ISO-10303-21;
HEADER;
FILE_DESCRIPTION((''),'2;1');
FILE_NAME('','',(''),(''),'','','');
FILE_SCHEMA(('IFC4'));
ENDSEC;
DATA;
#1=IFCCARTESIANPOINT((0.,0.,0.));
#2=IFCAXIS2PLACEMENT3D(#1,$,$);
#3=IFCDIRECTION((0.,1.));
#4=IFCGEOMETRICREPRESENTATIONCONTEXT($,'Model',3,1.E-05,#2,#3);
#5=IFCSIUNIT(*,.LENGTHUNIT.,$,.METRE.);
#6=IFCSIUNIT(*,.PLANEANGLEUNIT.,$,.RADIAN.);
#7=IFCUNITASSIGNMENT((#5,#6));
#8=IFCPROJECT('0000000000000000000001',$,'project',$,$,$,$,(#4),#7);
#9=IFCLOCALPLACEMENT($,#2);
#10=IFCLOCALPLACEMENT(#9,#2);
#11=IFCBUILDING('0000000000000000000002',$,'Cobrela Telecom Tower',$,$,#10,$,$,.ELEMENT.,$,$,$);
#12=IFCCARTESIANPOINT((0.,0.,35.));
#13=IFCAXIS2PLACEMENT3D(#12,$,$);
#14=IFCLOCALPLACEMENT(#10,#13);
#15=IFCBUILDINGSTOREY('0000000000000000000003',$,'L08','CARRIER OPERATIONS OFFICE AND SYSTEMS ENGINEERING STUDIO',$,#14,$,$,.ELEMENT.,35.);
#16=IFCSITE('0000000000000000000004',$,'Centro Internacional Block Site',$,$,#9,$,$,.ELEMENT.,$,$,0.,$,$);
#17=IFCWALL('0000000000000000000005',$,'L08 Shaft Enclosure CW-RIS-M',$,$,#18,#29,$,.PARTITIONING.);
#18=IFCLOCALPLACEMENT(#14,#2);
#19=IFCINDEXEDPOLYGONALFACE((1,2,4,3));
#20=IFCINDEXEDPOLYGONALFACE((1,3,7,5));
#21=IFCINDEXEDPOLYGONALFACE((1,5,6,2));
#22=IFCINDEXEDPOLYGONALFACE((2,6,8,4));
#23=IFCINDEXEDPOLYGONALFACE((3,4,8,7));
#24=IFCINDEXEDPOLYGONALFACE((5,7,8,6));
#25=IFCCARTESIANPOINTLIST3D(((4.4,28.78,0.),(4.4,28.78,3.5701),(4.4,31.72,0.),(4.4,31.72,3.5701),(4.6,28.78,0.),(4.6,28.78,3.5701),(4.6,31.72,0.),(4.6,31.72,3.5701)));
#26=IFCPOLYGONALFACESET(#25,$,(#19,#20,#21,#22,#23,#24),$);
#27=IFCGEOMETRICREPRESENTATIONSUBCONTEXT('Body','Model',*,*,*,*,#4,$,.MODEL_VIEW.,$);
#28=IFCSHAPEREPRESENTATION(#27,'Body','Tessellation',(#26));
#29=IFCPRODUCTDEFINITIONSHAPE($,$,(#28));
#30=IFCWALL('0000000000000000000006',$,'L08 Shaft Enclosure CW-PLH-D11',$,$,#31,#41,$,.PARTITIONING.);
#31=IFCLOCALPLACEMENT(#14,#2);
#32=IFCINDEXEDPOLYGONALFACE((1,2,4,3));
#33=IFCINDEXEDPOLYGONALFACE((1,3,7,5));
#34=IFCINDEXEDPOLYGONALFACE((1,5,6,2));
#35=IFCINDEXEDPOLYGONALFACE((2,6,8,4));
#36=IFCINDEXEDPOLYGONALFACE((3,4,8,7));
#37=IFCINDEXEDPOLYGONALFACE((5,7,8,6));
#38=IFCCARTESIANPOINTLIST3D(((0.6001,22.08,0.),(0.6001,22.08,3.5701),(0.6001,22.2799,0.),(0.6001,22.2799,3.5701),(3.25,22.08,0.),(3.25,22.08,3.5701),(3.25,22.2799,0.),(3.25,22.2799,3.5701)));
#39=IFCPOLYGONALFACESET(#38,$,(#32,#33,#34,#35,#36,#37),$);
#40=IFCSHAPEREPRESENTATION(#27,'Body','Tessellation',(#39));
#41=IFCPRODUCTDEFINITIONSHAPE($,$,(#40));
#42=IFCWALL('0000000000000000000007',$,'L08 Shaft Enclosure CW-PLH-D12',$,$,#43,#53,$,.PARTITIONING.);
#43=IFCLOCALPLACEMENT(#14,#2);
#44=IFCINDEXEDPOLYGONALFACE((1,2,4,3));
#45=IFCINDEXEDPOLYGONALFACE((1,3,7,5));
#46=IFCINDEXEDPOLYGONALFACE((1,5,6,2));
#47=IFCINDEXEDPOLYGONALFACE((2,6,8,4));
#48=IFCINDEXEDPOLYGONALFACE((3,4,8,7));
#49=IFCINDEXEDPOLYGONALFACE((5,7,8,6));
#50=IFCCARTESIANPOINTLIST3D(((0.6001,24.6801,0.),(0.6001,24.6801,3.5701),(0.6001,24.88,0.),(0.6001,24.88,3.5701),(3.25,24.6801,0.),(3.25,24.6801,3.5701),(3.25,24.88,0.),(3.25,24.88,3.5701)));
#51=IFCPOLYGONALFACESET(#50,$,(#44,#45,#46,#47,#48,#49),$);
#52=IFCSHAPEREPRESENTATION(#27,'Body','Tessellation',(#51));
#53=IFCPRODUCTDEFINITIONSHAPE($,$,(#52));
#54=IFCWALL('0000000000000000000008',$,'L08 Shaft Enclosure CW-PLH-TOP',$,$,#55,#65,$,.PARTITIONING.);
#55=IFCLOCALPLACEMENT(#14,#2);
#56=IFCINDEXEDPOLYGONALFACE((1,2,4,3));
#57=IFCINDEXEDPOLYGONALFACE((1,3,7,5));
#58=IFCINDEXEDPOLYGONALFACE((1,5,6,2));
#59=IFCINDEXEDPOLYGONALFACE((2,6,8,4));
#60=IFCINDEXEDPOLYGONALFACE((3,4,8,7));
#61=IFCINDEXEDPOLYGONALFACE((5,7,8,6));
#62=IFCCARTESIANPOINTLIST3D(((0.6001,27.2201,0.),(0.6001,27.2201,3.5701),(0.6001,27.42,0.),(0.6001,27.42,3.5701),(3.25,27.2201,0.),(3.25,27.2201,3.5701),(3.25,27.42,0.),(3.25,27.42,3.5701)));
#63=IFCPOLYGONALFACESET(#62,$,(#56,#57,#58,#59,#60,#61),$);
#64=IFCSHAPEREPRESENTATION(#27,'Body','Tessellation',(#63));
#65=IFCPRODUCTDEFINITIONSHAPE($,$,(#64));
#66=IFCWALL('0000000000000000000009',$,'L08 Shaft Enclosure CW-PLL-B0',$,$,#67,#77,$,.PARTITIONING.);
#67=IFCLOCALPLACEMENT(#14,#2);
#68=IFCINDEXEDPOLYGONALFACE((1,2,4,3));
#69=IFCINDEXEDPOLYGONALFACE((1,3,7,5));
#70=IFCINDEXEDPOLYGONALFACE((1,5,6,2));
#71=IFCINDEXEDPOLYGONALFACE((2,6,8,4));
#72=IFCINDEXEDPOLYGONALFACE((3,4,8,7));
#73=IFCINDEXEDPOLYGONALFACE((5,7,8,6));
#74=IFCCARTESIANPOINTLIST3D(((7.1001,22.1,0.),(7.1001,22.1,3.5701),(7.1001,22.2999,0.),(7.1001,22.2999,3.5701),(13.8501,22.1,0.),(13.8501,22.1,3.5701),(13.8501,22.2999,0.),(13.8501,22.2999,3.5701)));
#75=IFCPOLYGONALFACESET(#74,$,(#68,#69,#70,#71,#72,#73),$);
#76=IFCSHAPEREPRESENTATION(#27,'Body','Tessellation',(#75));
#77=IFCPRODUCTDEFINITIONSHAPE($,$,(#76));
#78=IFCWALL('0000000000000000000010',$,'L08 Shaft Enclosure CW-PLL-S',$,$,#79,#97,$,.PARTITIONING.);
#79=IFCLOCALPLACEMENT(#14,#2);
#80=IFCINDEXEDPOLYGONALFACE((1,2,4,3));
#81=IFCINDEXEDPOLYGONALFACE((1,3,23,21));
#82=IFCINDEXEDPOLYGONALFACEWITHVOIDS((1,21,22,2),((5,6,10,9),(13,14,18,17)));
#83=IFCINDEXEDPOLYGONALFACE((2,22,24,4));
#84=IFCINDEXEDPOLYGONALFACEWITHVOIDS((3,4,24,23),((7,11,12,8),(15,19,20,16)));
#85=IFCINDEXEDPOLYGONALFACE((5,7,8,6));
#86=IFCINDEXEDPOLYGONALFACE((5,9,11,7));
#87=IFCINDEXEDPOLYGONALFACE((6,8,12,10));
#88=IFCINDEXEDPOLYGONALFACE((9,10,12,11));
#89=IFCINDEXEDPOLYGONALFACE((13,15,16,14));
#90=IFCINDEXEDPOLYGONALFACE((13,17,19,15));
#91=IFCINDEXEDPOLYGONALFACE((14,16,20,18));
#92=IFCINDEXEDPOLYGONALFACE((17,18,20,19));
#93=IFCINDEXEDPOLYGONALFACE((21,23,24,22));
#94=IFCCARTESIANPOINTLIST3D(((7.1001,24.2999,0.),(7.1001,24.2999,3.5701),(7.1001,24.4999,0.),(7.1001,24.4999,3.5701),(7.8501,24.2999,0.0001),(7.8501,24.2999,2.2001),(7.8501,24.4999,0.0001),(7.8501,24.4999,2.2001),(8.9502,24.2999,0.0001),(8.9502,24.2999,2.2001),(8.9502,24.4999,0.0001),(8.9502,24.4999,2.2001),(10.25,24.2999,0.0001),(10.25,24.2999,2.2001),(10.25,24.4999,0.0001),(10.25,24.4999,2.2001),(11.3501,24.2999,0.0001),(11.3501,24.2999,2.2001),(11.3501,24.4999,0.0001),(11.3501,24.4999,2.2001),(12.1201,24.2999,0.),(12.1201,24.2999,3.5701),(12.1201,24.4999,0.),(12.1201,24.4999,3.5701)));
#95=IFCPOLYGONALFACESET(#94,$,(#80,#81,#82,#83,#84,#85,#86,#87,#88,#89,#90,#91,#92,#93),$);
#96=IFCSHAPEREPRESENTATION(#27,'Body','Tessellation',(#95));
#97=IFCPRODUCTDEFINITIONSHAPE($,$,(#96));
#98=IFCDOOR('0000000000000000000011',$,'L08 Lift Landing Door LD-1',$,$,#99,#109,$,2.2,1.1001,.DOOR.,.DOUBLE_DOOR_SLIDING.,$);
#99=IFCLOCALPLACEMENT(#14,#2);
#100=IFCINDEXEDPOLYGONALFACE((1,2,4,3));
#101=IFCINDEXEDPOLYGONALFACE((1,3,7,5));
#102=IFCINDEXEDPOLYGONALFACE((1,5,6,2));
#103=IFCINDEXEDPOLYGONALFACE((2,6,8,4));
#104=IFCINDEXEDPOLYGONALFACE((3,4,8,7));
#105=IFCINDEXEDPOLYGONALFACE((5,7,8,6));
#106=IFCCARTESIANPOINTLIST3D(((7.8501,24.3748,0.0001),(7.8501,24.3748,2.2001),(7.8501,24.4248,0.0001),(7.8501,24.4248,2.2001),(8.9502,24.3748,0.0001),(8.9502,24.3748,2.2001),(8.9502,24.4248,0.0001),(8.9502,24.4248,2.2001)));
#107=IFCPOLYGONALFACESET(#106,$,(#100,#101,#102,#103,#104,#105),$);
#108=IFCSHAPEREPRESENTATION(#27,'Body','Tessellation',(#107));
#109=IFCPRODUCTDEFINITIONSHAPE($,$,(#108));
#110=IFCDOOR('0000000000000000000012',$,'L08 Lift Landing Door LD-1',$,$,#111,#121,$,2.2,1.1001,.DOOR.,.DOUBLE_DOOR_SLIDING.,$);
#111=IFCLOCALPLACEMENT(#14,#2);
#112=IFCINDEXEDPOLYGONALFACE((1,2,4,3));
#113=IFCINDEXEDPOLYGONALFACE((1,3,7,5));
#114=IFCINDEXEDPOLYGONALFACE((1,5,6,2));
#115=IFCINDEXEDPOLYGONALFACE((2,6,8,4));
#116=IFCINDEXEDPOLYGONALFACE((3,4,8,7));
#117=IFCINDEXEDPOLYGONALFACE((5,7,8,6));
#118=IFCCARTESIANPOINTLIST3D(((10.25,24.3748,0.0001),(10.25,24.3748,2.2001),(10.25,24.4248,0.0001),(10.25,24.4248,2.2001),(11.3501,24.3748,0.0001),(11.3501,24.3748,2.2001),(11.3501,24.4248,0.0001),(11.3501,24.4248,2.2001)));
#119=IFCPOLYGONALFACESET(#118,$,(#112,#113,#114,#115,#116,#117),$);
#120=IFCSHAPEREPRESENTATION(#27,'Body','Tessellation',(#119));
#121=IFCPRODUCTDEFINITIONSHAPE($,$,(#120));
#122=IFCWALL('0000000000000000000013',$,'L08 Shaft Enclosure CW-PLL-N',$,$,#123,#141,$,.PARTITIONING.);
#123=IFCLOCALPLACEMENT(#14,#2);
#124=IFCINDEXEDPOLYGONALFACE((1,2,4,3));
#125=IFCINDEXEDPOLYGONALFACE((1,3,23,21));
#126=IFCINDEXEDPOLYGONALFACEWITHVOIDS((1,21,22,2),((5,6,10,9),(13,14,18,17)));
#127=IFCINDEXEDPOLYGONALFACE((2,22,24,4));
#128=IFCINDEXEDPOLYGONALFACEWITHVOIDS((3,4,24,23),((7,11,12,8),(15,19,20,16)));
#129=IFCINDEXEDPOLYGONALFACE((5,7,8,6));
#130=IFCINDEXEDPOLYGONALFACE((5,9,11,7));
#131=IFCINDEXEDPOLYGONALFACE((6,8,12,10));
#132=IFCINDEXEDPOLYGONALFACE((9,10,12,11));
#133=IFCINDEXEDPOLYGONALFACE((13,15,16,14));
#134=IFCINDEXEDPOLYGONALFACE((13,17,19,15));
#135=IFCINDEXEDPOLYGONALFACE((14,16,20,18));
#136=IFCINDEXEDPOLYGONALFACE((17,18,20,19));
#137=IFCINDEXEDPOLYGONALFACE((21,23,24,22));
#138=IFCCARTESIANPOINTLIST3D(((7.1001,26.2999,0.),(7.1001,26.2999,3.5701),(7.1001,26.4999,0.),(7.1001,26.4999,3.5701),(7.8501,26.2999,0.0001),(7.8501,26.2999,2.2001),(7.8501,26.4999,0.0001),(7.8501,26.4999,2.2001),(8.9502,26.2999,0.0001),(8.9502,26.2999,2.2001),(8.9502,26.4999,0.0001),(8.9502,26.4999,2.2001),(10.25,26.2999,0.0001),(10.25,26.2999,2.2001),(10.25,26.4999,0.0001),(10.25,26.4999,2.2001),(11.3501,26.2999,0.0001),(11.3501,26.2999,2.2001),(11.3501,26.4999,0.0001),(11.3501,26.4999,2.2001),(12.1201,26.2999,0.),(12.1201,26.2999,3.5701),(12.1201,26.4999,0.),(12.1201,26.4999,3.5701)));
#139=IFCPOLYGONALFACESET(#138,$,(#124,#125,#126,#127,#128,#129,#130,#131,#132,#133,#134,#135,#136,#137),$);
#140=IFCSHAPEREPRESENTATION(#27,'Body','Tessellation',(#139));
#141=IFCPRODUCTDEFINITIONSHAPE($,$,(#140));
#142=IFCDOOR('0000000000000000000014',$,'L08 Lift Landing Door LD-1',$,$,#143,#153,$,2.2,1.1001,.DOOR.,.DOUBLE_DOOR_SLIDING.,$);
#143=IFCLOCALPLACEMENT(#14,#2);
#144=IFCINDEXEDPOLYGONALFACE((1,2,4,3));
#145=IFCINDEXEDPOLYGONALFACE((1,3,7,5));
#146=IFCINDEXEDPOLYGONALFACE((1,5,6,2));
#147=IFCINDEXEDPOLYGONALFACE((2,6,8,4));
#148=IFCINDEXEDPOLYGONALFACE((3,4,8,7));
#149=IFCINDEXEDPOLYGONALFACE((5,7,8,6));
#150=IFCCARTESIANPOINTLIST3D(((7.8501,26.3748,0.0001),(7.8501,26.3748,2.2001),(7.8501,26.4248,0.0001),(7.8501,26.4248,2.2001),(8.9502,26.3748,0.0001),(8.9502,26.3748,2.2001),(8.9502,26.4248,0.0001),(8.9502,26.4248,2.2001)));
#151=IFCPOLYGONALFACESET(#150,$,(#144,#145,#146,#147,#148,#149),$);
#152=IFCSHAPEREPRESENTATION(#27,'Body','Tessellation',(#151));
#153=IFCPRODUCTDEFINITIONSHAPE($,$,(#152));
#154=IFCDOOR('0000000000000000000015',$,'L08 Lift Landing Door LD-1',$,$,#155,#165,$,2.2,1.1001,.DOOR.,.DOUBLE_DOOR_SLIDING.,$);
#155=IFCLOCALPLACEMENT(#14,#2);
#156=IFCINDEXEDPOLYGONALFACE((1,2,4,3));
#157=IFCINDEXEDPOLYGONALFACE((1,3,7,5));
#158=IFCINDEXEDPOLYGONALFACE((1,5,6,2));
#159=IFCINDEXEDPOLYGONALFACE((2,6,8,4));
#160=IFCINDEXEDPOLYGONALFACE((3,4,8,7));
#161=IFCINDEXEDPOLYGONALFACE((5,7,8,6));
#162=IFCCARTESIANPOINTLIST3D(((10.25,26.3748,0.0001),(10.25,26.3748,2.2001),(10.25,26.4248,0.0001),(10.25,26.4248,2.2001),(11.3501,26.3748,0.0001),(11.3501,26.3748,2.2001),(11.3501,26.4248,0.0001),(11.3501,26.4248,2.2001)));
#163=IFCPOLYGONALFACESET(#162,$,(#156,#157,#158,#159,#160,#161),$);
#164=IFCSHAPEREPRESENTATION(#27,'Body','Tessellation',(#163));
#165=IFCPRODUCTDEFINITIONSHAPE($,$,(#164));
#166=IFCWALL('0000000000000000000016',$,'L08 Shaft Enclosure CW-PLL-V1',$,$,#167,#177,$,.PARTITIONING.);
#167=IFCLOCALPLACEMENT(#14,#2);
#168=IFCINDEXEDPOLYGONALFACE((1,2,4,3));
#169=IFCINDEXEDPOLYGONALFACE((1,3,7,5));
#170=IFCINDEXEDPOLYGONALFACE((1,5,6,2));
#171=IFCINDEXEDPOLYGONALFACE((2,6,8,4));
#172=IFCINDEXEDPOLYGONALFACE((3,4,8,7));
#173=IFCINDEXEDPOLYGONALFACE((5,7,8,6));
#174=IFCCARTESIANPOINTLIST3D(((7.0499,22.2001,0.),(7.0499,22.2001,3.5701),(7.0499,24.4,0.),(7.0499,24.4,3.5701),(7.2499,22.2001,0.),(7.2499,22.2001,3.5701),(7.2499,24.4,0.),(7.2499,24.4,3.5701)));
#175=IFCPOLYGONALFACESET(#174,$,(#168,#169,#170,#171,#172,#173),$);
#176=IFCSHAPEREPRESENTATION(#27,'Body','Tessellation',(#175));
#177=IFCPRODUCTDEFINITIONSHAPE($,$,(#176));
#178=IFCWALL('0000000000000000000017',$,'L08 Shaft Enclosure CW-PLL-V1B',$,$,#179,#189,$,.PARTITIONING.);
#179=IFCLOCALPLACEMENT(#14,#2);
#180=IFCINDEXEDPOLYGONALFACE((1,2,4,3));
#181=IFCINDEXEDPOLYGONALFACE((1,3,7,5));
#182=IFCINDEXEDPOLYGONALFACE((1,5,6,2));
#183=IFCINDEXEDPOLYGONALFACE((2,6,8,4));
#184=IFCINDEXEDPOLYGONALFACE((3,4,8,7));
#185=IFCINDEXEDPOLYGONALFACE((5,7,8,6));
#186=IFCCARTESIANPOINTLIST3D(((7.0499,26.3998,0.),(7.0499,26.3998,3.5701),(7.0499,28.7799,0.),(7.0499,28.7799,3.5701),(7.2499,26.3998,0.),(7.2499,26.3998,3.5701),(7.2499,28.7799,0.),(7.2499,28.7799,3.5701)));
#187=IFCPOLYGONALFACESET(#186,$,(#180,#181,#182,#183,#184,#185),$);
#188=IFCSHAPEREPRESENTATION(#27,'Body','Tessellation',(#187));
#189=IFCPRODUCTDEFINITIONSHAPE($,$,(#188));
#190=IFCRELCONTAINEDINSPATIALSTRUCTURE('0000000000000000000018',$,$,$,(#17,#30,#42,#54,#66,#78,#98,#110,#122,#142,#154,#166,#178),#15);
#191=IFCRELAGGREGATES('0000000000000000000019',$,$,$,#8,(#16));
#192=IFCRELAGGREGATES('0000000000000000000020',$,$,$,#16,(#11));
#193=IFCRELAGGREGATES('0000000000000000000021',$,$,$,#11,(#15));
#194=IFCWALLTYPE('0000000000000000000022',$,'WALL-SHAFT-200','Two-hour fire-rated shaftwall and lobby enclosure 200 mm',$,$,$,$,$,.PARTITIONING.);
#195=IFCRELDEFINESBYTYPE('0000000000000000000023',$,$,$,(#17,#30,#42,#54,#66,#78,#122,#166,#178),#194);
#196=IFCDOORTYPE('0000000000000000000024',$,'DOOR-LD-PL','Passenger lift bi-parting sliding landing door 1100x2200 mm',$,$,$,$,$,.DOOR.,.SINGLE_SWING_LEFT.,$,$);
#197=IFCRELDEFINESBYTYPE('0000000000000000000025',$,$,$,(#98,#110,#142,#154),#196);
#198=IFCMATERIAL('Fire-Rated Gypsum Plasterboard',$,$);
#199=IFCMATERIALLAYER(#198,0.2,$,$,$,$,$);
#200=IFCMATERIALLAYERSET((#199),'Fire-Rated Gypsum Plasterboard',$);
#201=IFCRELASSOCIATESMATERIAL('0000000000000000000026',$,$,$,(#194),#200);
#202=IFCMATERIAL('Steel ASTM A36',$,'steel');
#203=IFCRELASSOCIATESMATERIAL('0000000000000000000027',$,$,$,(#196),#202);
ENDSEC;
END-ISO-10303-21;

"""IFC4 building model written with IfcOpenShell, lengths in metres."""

from ifc_helpers import new_model, si_unit, direction, frame, frame_2d, origin, place, context, subcontext, project, spatial, rectangle, extrude, material, layer, layer_set, type_object, element, fill, save


model = new_model("IFC4")

# Units and contexts
model_context = context("Model", 3, precision=1e-05, world=origin(), true_north=direction((0.0, 1.0)))
body_context = subcontext(model_context, "Body", "Model", "MODEL_VIEW")
ifc_project = project(units=[si_unit("LENGTHUNIT", "METRE"), si_unit("PLANEANGLEUNIT", "RADIAN")], contexts=[model_context])

# Site, building, storey
site_placement = place(None, origin())
site = spatial("IfcSite", under=ifc_project, at=site_placement, Name="Centro Internacional Block Site", CompositionType="ELEMENT", RefElevation=0.0)
building_placement = place(site_placement, origin())
building = spatial("IfcBuilding", under=site, at=building_placement, Name="Cobrela Telecom Tower", CompositionType="ELEMENT")
storey_placement = place(building_placement, frame((0.0, 0.0, 35.0)))
storey = spatial("IfcBuildingStorey", under=building, at=storey_placement, Name="L08", Description="CARRIER OPERATIONS OFFICE AND SYSTEMS ENGINEERING STUDIO", CompositionType="ELEMENT", Elevation=35.0)

# Shared definitions
ifc_material_1 = material(Name="Fire-Rated Gypsum Plasterboard")
ifc_layer_1 = layer(ifc_material_1, 0.2)
ifc_layer_set_1 = layer_set([ifc_layer_1], Name="Fire-Rated Gypsum Plasterboard")
wall_type_1 = type_object("IfcWallType", Name="WALL-SHAFT-200", Description="Two-hour fire-rated shaftwall and lobby enclosure 200 mm", PredefinedType="PARTITIONING", material=ifc_layer_set_1)
ifc_material_2 = material(Name="Steel ASTM A36", Category="steel")

# Walls
wall_1_placement = place(storey_placement, frame((4.5, 28.78, 0.0), z_axis=(0.0, 0.0, 1.0), x_axis=(0.0, 1.0, 0.0)))
element("IfcWall", 1, at=wall_1_placement, inside=storey, type_object=wall_type_1, Name="L08 Shaft Enclosure CW-RIS-M", PredefinedType="PARTITIONING", context=body_context, shape_type="SweptSolid", body=[
    extrude(rectangle(XDim=2.9399, YDim=0.2, at=frame_2d((1.47, 0.0))), origin(), (0.0, 0.0, 1.0), 3.5701),
])
for number, where, z_axis, x_axis, name in (
    (2, (0.6001, 22.1799, 0.0), (0.0, 0.0, 1.0), (1.0, 0.0, 0.0), "L08 Shaft Enclosure CW-PLH-D11"),
    (3, (0.6001, 24.78, 0.0), (0.0, 0.0, 1.0), (1.0, 0.0, 0.0), "L08 Shaft Enclosure CW-PLH-D12"),
    (4, (0.6001, 27.3201, 0.0), (0.0, 0.0, 1.0), (1.0, 0.0, 0.0), "L08 Shaft Enclosure CW-PLH-TOP"),
):
    element("IfcWall", number, at=place(storey_placement, frame(where, z_axis=z_axis, x_axis=x_axis)), inside=storey, type_object=wall_type_1, Name=name, PredefinedType="PARTITIONING", context=body_context, shape_type="SweptSolid", body=[
        extrude(rectangle(XDim=2.6499, YDim=0.2, at=frame_2d((1.325, 0.0))), origin(), (0.0, 0.0, 1.0), 3.5701),
    ])
wall_2_placement = place(storey_placement, frame((7.1001, 22.2, 0.0), z_axis=(0.0, 0.0, 1.0), x_axis=(1.0, 0.0, 0.0)))
element("IfcWall", 5, at=wall_2_placement, inside=storey, type_object=wall_type_1, Name="L08 Shaft Enclosure CW-PLL-B0", PredefinedType="PARTITIONING", context=body_context, shape_type="SweptSolid", body=[
    extrude(rectangle(XDim=6.75, YDim=0.2, at=frame_2d((3.375, 0.0))), origin(), (0.0, 0.0, 1.0), 3.5701),
])

# Walls, openings, doors
wall_3_placement = place(storey_placement, frame((7.1001, 24.3999, 0.0), z_axis=(0.0, 0.0, 1.0), x_axis=(1.0, 0.0, 0.0)))
wall_3 = element("IfcWall", 6, at=wall_3_placement, inside=storey, type_object=wall_type_1, Name="L08 Shaft Enclosure CW-PLL-S", PredefinedType="PARTITIONING", context=body_context, shape_type="SweptSolid", body=[
    extrude(rectangle(XDim=5.02, YDim=0.2, at=frame_2d((2.51, 0.0))), origin(), (0.0, 0.0, 1.0), 3.5701),
])
opening_1_placement = place(wall_3_placement, frame((0.75, 0.0, 0.0)))
opening_1 = element("IfcOpeningElement", 7, at=opening_1_placement, cuts=wall_3, PredefinedType="OPENING", context=body_context, shape_type="SweptSolid", body=[
    extrude(rectangle(XDim=1.1001, YDim=2.2, at=frame_2d((0.55, 1.1001))), frame((0.0, 0.1118, 0.0), z_axis=(0.0, -1.0, 0.0), x_axis=(1.0, 0.0, 0.0)), (0.0, 0.0, 1.0), 0.2239),
])
opening_2_placement = place(wall_3_placement, frame((3.1499, 0.0, 0.0)))
opening_2 = element("IfcOpeningElement", 8, at=opening_2_placement, cuts=wall_3, PredefinedType="OPENING", context=body_context, shape_type="SweptSolid", body=[
    extrude(rectangle(XDim=1.1001, YDim=2.2, at=frame_2d((0.55, 1.1001))), frame((0.0, 0.1118, 0.0), z_axis=(0.0, -1.0, 0.0), x_axis=(1.0, 0.0, 0.0)), (0.0, 0.0, 1.0), 0.2239),
])
door_type_1 = type_object("IfcDoorType", Name="DOOR-LD-PL", Description="Passenger lift bi-parting sliding landing door 1100x2200 mm", OperationType="SINGLE_SWING_LEFT", PredefinedType="DOOR", material=ifc_material_2)
door_1_placement = place(opening_1_placement, origin())
door_1 = element("IfcDoor", 9, at=door_1_placement, inside=storey, type_object=door_type_1, Name="L08 Lift Landing Door LD-1", OperationType="DOUBLE_DOOR_SLIDING", OverallHeight=2.2, OverallWidth=1.1001, PredefinedType="DOOR", context=body_context, shape_type="SweptSolid", body=[
    extrude(rectangle(XDim=1.1001, YDim=2.2, at=frame_2d((0.55, 1.1001))), frame((0.0, 0.0249, 0.0), z_axis=(0.0, -1.0, 0.0), x_axis=(1.0, 0.0, 0.0)), (0.0, 0.0, 1.0), 0.05),
])
fill(opening_1, door_1)
door_2_placement = place(opening_2_placement, origin())
door_2 = element("IfcDoor", 10, at=door_2_placement, inside=storey, type_object=door_type_1, Name="L08 Lift Landing Door LD-1", OperationType="DOUBLE_DOOR_SLIDING", OverallHeight=2.2, OverallWidth=1.1001, PredefinedType="DOOR", context=body_context, shape_type="SweptSolid", body=[
    extrude(rectangle(XDim=1.1001, YDim=2.2, at=frame_2d((0.55, 1.1001))), frame((0.0, 0.0249, 0.0), z_axis=(0.0, -1.0, 0.0), x_axis=(1.0, 0.0, 0.0)), (0.0, 0.0, 1.0), 0.05),
])
fill(opening_2, door_2)
wall_4_placement = place(storey_placement, frame((7.1001, 26.3999, 0.0), z_axis=(0.0, 0.0, 1.0), x_axis=(1.0, 0.0, 0.0)))
wall_4 = element("IfcWall", 11, at=wall_4_placement, inside=storey, type_object=wall_type_1, Name="L08 Shaft Enclosure CW-PLL-N", PredefinedType="PARTITIONING", context=body_context, shape_type="SweptSolid", body=[
    extrude(rectangle(XDim=5.02, YDim=0.2, at=frame_2d((2.51, 0.0))), origin(), (0.0, 0.0, 1.0), 3.5701),
])
opening_3_placement = place(wall_4_placement, frame((0.75, 0.0, 0.0)))
opening_3 = element("IfcOpeningElement", 12, at=opening_3_placement, cuts=wall_4, PredefinedType="OPENING", context=body_context, shape_type="SweptSolid", body=[
    extrude(rectangle(XDim=1.1001, YDim=2.2, at=frame_2d((0.55, 1.1001))), frame((0.0, 0.1118, 0.0), z_axis=(0.0, -1.0, 0.0), x_axis=(1.0, 0.0, 0.0)), (0.0, 0.0, 1.0), 0.2239),
])
opening_4_placement = place(wall_4_placement, frame((3.1499, 0.0, 0.0)))
opening_4 = element("IfcOpeningElement", 13, at=opening_4_placement, cuts=wall_4, PredefinedType="OPENING", context=body_context, shape_type="SweptSolid", body=[
    extrude(rectangle(XDim=1.1001, YDim=2.2, at=frame_2d((0.55, 1.1001))), frame((0.0, 0.1118, 0.0), z_axis=(0.0, -1.0, 0.0), x_axis=(1.0, 0.0, 0.0)), (0.0, 0.0, 1.0), 0.2239),
])
door_3_placement = place(opening_3_placement, origin())
door_3 = element("IfcDoor", 14, at=door_3_placement, inside=storey, type_object=door_type_1, Name="L08 Lift Landing Door LD-1", OperationType="DOUBLE_DOOR_SLIDING", OverallHeight=2.2, OverallWidth=1.1001, PredefinedType="DOOR", context=body_context, shape_type="SweptSolid", body=[
    extrude(rectangle(XDim=1.1001, YDim=2.2, at=frame_2d((0.55, 1.1001))), frame((0.0, 0.0249, 0.0), z_axis=(0.0, -1.0, 0.0), x_axis=(1.0, 0.0, 0.0)), (0.0, 0.0, 1.0), 0.05),
])
fill(opening_3, door_3)
door_4_placement = place(opening_4_placement, origin())
door_4 = element("IfcDoor", 15, at=door_4_placement, inside=storey, type_object=door_type_1, Name="L08 Lift Landing Door LD-1", OperationType="DOUBLE_DOOR_SLIDING", OverallHeight=2.2, OverallWidth=1.1001, PredefinedType="DOOR", context=body_context, shape_type="SweptSolid", body=[
    extrude(rectangle(XDim=1.1001, YDim=2.2, at=frame_2d((0.55, 1.1001))), frame((0.0, 0.0249, 0.0), z_axis=(0.0, -1.0, 0.0), x_axis=(1.0, 0.0, 0.0)), (0.0, 0.0, 1.0), 0.05),
])
fill(opening_4, door_4)

# Walls
wall_5_placement = place(storey_placement, frame((7.1499, 22.2, 0.0), z_axis=(0.0, 0.0, 1.0), x_axis=(0.0, 1.0, 0.0)))
element("IfcWall", 16, at=wall_5_placement, inside=storey, type_object=wall_type_1, Name="L08 Shaft Enclosure CW-PLL-V1", PredefinedType="PARTITIONING", context=body_context, shape_type="SweptSolid", body=[
    extrude(rectangle(XDim=2.2, YDim=0.2, at=frame_2d((1.1001, 0.0))), origin(), (0.0, 0.0, 1.0), 3.5701),
])
wall_6_placement = place(storey_placement, frame((7.1499, 26.3999, 0.0), z_axis=(0.0, 0.0, 1.0), x_axis=(0.0, 1.0, 0.0)))
element("IfcWall", 17, at=wall_6_placement, inside=storey, type_object=wall_type_1, Name="L08 Shaft Enclosure CW-PLL-V1B", PredefinedType="PARTITIONING", context=body_context, shape_type="SweptSolid", body=[
    extrude(rectangle(XDim=2.3801, YDim=0.2, at=frame_2d((1.1899, 0.0))), origin(), (0.0, 0.0, 1.0), 3.5701),
])

save(model, "model.ifc")
